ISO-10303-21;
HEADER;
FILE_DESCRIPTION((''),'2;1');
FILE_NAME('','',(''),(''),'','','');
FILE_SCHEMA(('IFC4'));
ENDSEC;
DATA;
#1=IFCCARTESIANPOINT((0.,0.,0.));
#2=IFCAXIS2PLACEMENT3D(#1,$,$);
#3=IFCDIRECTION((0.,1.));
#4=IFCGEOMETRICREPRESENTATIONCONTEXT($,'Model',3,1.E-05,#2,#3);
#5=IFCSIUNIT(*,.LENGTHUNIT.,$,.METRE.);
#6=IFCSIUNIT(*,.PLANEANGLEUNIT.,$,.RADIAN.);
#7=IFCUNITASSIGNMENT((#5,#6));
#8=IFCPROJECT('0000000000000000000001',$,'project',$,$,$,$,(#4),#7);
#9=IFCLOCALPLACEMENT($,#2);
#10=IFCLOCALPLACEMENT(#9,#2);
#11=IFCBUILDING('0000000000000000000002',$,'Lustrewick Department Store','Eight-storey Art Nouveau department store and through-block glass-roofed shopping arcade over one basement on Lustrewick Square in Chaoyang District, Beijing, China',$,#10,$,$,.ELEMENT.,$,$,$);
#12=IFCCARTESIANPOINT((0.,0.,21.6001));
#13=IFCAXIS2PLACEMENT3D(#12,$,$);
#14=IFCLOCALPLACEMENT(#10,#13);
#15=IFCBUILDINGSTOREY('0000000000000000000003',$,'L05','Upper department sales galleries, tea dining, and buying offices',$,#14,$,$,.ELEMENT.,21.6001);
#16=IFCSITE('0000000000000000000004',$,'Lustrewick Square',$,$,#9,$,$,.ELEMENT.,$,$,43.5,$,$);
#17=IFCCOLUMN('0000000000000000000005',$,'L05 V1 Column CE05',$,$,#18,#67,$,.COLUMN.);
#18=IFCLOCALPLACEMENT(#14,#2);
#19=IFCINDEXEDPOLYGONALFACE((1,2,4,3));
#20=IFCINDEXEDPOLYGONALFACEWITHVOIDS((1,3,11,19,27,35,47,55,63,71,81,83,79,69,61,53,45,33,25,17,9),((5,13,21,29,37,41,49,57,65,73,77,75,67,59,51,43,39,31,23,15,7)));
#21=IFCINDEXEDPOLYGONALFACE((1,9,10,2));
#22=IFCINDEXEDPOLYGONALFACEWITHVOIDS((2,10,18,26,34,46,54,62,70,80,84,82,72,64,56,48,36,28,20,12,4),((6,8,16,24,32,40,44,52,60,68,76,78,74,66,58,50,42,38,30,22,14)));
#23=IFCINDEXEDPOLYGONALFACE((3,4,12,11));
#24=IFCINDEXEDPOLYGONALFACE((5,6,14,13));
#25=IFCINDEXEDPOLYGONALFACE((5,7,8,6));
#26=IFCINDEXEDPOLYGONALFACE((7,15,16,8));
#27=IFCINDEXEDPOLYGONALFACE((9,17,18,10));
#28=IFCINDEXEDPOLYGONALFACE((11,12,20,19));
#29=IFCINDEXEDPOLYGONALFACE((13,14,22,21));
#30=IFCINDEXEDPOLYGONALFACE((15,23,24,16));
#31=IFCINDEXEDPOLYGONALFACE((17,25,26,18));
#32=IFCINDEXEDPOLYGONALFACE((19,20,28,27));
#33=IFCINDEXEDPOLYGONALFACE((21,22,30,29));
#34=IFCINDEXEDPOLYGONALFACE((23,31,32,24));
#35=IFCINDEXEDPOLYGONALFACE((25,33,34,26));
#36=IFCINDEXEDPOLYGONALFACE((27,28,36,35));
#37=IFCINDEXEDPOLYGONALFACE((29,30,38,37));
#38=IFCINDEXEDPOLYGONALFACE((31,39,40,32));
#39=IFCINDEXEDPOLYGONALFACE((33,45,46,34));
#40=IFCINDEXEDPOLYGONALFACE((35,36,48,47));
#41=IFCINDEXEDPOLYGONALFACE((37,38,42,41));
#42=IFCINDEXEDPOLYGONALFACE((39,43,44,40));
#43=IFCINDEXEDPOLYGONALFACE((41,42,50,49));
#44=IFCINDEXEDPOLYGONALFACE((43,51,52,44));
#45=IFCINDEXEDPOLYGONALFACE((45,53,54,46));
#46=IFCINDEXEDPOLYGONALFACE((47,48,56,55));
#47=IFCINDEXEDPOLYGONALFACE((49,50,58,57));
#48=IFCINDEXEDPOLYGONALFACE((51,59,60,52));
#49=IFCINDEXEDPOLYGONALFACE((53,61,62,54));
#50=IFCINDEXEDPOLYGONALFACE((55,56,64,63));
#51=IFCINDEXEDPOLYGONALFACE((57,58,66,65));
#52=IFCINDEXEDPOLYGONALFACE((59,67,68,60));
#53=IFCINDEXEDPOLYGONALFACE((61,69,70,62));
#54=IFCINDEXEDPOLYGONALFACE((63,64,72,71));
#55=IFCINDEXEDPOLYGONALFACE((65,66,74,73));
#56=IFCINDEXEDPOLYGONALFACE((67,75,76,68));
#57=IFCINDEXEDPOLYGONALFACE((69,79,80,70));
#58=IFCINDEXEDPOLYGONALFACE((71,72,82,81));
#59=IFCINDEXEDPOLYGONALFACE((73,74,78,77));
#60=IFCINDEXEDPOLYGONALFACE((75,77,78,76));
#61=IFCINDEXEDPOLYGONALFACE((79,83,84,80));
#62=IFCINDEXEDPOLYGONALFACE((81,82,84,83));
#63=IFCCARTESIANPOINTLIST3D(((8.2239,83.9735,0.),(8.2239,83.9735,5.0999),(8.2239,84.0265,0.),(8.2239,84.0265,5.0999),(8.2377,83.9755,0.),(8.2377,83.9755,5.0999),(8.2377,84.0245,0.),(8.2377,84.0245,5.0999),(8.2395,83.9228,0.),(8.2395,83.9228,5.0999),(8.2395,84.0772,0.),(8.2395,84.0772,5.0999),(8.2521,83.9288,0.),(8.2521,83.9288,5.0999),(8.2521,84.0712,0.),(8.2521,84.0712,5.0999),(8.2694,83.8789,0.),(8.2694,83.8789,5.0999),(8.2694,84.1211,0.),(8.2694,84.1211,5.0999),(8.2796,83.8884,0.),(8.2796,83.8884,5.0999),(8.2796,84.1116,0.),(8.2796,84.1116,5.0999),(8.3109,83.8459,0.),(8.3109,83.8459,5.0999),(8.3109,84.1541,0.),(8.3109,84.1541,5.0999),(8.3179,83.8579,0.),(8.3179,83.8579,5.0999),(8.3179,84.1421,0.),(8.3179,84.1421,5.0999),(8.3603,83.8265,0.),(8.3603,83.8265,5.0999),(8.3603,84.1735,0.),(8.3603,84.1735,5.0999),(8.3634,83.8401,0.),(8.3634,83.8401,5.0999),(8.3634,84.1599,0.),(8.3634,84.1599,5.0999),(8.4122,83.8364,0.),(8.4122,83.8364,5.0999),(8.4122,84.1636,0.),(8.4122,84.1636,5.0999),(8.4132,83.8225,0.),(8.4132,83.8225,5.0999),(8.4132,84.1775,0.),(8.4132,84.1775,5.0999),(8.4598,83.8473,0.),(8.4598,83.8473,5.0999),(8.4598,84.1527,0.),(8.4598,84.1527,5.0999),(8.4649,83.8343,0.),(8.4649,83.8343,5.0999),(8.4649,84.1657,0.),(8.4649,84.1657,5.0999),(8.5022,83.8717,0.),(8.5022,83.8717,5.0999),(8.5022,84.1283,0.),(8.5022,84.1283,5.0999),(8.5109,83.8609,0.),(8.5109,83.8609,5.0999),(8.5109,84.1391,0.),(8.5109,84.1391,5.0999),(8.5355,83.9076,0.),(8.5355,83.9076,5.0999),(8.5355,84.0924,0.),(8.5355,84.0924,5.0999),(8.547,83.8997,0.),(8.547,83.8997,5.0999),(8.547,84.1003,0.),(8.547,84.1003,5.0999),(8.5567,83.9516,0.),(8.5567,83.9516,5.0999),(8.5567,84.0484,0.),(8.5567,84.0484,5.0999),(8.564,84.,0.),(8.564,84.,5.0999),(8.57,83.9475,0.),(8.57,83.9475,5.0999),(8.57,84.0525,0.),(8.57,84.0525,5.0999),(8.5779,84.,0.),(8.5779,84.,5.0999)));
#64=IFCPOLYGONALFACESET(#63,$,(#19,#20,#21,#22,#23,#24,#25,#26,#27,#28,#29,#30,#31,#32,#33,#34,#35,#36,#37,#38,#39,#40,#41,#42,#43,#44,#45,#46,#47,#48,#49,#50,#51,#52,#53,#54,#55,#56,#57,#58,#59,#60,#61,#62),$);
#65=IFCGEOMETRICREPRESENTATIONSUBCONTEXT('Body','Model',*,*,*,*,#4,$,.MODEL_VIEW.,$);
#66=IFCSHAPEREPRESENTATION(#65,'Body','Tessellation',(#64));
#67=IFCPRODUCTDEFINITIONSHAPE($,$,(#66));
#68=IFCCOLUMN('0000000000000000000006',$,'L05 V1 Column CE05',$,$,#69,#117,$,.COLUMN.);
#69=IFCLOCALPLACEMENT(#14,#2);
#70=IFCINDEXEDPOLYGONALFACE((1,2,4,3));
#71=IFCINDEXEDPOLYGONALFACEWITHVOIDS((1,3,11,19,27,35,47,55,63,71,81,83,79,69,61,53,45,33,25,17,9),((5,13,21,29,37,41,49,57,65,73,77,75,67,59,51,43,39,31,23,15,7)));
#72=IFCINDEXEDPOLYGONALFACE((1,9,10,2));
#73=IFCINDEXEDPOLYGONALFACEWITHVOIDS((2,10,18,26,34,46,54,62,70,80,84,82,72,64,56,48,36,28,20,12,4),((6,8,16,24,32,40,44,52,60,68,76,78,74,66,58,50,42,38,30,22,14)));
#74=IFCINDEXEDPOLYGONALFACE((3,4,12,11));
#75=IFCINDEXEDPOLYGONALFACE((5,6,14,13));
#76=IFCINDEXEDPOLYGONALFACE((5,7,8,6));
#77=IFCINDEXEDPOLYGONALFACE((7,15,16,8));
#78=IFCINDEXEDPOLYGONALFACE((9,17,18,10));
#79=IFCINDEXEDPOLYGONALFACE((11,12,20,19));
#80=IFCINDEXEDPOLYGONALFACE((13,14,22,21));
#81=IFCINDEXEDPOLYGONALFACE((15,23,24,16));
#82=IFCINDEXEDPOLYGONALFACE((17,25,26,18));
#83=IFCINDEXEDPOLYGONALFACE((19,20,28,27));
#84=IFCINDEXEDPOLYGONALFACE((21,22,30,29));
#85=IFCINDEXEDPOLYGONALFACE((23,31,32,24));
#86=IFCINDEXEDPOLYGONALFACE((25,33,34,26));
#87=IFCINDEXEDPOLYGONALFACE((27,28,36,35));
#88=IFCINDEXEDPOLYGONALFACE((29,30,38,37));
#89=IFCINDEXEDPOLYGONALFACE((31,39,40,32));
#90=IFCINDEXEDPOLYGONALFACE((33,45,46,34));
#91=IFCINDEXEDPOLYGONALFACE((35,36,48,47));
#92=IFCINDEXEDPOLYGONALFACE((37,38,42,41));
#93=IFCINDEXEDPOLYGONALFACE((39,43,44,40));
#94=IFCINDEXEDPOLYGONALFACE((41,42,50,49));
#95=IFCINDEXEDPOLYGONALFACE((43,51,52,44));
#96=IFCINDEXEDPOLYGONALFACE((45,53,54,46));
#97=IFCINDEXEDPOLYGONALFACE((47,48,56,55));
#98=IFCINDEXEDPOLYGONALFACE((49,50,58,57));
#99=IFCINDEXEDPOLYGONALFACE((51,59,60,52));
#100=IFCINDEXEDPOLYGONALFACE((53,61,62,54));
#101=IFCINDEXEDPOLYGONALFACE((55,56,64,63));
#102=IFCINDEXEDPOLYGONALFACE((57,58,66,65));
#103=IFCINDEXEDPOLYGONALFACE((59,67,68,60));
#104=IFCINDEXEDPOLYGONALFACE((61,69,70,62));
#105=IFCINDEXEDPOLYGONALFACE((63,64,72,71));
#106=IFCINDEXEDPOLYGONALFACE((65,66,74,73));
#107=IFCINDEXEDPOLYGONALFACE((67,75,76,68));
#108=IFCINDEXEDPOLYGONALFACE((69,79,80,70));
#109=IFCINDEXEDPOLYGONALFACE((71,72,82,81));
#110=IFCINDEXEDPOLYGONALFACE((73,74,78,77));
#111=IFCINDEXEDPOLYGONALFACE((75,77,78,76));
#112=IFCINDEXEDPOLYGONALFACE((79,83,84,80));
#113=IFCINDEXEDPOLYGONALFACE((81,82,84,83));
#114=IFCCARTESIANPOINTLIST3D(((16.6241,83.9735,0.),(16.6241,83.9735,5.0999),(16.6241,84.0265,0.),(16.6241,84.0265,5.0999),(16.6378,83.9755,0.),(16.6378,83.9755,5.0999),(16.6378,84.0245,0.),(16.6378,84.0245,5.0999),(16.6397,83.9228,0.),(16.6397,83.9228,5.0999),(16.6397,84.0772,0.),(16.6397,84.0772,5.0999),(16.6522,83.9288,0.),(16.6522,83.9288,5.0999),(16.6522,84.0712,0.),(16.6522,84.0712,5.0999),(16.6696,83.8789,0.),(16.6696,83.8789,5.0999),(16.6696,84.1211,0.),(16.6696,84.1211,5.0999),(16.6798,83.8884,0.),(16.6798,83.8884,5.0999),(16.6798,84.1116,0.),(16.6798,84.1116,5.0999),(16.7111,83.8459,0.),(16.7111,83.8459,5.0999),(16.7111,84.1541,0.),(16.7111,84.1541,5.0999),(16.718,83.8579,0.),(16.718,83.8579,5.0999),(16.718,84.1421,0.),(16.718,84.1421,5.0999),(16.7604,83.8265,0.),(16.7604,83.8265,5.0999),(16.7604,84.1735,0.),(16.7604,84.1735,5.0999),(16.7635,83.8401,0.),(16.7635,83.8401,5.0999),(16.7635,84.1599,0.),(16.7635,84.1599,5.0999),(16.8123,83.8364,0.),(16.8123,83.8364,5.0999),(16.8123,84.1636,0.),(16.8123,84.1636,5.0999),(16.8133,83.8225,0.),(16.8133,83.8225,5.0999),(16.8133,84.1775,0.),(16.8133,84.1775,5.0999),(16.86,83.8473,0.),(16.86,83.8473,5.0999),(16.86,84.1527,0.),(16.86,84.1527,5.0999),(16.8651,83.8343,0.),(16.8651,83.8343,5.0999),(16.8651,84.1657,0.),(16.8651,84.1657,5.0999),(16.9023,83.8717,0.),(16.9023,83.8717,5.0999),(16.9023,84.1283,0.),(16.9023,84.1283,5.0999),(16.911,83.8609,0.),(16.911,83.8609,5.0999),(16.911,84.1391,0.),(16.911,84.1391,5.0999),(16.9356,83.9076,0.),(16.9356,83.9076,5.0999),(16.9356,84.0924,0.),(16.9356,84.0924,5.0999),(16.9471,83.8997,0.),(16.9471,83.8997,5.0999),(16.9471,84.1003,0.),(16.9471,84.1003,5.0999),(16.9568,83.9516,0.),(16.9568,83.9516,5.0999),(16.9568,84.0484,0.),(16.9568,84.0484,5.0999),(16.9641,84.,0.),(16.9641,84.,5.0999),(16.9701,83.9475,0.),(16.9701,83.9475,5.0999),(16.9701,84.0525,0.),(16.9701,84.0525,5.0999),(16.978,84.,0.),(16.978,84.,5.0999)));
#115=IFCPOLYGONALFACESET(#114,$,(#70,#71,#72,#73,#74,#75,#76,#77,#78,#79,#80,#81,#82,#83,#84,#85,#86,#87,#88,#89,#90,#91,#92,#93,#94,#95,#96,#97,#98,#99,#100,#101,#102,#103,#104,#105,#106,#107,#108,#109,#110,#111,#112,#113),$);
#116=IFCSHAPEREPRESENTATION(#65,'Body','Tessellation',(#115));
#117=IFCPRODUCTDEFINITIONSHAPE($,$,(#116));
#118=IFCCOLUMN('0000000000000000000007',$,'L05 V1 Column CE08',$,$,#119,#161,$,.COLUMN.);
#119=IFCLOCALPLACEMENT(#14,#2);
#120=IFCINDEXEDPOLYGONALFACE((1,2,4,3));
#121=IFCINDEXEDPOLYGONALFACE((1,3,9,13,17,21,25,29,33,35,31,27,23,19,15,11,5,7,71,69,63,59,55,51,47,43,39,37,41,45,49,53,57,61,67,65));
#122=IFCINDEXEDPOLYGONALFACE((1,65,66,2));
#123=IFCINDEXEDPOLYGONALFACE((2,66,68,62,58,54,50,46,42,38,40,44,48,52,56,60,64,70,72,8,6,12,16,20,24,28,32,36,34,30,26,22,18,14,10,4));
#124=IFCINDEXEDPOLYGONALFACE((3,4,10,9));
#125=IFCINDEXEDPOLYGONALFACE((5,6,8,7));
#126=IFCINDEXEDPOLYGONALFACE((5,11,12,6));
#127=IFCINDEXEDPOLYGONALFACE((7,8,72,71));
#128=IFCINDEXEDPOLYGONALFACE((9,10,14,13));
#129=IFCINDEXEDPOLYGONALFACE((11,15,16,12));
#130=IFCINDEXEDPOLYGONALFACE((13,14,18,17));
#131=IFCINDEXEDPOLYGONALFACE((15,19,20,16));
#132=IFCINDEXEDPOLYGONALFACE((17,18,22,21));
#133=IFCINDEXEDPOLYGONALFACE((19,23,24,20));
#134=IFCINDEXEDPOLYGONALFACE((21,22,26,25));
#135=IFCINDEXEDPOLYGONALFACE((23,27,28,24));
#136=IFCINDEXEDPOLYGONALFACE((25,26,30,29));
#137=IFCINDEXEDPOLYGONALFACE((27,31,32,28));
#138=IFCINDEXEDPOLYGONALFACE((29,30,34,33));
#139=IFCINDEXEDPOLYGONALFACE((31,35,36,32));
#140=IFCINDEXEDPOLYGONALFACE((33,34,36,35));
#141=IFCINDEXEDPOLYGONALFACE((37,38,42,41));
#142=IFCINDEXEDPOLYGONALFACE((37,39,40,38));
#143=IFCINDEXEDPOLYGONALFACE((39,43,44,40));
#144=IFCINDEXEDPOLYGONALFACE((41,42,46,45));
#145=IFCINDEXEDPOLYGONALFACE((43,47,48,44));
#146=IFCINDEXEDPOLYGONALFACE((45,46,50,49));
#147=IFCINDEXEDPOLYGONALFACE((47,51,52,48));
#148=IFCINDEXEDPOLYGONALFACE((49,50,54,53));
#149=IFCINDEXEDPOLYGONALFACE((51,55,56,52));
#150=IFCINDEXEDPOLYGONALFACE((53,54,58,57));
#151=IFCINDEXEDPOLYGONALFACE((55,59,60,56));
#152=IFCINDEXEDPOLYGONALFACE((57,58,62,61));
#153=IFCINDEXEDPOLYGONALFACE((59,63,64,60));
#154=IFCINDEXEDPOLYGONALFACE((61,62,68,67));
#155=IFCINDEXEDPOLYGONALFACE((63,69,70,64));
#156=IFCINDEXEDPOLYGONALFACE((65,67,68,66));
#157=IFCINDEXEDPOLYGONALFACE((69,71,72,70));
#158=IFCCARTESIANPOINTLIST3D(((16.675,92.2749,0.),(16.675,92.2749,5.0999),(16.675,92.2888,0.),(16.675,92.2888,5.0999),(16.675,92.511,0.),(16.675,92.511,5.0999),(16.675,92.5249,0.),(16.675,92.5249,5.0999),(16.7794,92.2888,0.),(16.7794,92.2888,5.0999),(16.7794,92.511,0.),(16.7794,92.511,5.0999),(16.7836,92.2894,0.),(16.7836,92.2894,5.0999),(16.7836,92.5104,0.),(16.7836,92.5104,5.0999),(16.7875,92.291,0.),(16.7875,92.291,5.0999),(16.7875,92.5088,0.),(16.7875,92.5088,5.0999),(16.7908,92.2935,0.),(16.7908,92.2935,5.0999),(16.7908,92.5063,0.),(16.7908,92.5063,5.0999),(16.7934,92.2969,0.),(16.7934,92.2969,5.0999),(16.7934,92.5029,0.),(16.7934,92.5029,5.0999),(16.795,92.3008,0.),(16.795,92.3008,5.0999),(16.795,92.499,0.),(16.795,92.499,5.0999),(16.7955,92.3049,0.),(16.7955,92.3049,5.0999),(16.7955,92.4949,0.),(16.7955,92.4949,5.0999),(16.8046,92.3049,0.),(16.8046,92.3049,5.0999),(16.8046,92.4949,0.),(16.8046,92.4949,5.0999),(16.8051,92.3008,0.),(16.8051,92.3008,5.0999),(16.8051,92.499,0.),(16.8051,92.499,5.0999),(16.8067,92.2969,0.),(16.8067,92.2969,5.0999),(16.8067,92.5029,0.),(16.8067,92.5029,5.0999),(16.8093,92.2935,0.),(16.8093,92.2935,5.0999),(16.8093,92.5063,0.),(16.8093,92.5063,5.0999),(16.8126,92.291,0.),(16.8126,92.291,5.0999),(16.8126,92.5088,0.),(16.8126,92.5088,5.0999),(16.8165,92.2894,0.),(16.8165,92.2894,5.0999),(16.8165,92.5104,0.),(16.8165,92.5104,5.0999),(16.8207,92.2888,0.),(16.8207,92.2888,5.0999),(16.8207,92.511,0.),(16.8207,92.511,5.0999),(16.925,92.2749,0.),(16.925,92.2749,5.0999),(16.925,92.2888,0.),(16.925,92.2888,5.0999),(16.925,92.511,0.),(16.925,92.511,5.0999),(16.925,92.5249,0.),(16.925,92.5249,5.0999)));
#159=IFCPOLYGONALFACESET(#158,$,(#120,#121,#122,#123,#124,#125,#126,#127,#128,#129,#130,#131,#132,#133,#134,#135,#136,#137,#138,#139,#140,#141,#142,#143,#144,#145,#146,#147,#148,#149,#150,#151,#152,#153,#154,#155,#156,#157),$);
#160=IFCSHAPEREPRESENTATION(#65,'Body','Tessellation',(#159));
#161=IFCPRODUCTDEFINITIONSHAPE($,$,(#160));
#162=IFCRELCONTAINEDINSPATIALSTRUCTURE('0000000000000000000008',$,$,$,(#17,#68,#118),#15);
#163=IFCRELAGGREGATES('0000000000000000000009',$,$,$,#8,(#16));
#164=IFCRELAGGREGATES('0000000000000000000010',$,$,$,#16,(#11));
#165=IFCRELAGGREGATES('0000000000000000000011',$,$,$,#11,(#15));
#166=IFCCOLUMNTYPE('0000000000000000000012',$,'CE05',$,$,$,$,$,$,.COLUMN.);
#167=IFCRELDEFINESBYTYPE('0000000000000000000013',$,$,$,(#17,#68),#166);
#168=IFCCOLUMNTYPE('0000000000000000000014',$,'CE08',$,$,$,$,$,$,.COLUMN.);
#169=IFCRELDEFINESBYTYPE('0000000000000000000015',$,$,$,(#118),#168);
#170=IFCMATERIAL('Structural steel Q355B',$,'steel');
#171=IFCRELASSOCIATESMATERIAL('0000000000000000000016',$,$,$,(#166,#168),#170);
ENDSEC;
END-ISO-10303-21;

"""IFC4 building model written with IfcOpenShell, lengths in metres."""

from ifc_helpers import new_model, si_unit, direction, frame, origin, origin_2d, place, context, subcontext, project, spatial, hollow_circle, i_section, extrude, material, material_profile, profile_set, type_object, element, save


model = new_model("IFC4")

# Units and contexts
model_context = context("Model", 3, precision=1e-05, world=origin(), true_north=direction((0.0, 1.0)))
body_context = subcontext(model_context, "Body", "Model", "MODEL_VIEW")
ifc_project = project(units=[si_unit("LENGTHUNIT", "METRE"), si_unit("PLANEANGLEUNIT", "RADIAN")], contexts=[model_context])

# Site, building, storey
site_placement = place(None, origin())
site = spatial("IfcSite", under=ifc_project, at=site_placement, Name="Lustrewick Square", CompositionType="ELEMENT", RefElevation=43.5)
building_placement = place(site_placement, origin())
building = spatial("IfcBuilding", under=site, at=building_placement, Name="Lustrewick Department Store", Description="Eight-storey Art Nouveau department store and through-block glass-roofed shopping arcade over one basement on Lustrewick Square in Chaoyang District, Beijing, China", CompositionType="ELEMENT")
storey_placement = place(building_placement, frame((0.0, 0.0, 21.6001)))
storey = spatial("IfcBuildingStorey", under=building, at=storey_placement, Name="L05", Description="Upper department sales galleries, tea dining, and buying offices", CompositionType="ELEMENT", Elevation=21.6001)

# Columns
ifc_material_1 = material(Name="Structural steel Q355B", Category="steel")
ifc_material_profile_1 = material_profile(ifc_material_1, hollow_circle(Radius=0.178, WallThickness=0.0139, at=origin_2d()), Name="CHS 356x14")
ifc_profile_set_1 = profile_set([ifc_material_profile_1], Name="Structural steel Q355B")
column_type_1 = type_object("IfcColumnType", Name="CE05", PredefinedType="COLUMN", material=ifc_profile_set_1)
for number, where, z_axis, x_axis, name in (
    (1, (8.3999, 84.0, 0.0), (0.0, 0.0, 1.0), (1.0, 0.0, 0.0), "L05 V1 Column CE05"),
    (2, (16.8, 84.0, 0.0), (0.0, 0.0, 1.0), (1.0, 0.0, 0.0), "L05 V1 Column CE05"),
):
    element("IfcColumn", number, at=place(storey_placement, frame(where, z_axis=z_axis, x_axis=x_axis)), inside=storey, type_object=column_type_1, Name=name, PredefinedType="COLUMN", context=body_context, shape_type="SweptSolid", body=[
        extrude(hollow_circle(Radius=0.178, WallThickness=0.0139, at=origin_2d()), origin(), (0.0, 0.0, 1.0), 5.0999),
    ])
ifc_material_profile_2 = material_profile(ifc_material_1, i_section(OverallWidth=0.25, OverallDepth=0.25, WebThickness=0.009, FlangeThickness=0.0139, FilletRadius=0.0161, at=origin_2d()), Name="HW 250x250x9x14")
ifc_profile_set_2 = profile_set([ifc_material_profile_2], Name="Structural steel Q355B")
column_type_2 = type_object("IfcColumnType", Name="CE08", PredefinedType="COLUMN", material=ifc_profile_set_2)
column_placement = place(storey_placement, frame((16.8, 92.3999, 0.0), z_axis=(0.0, 0.0, 1.0), x_axis=(1.0, 0.0, 0.0)))
element("IfcColumn", 3, at=column_placement, inside=storey, type_object=column_type_2, Name="L05 V1 Column CE08", PredefinedType="COLUMN", context=body_context, shape_type="SweptSolid", body=[
    extrude(i_section(OverallWidth=0.25, OverallDepth=0.25, WebThickness=0.009, FlangeThickness=0.0139, FilletRadius=0.0161, at=origin_2d()), origin(), (0.0, 0.0, 1.0), 5.0999),
])

save(model, "model.ifc")
